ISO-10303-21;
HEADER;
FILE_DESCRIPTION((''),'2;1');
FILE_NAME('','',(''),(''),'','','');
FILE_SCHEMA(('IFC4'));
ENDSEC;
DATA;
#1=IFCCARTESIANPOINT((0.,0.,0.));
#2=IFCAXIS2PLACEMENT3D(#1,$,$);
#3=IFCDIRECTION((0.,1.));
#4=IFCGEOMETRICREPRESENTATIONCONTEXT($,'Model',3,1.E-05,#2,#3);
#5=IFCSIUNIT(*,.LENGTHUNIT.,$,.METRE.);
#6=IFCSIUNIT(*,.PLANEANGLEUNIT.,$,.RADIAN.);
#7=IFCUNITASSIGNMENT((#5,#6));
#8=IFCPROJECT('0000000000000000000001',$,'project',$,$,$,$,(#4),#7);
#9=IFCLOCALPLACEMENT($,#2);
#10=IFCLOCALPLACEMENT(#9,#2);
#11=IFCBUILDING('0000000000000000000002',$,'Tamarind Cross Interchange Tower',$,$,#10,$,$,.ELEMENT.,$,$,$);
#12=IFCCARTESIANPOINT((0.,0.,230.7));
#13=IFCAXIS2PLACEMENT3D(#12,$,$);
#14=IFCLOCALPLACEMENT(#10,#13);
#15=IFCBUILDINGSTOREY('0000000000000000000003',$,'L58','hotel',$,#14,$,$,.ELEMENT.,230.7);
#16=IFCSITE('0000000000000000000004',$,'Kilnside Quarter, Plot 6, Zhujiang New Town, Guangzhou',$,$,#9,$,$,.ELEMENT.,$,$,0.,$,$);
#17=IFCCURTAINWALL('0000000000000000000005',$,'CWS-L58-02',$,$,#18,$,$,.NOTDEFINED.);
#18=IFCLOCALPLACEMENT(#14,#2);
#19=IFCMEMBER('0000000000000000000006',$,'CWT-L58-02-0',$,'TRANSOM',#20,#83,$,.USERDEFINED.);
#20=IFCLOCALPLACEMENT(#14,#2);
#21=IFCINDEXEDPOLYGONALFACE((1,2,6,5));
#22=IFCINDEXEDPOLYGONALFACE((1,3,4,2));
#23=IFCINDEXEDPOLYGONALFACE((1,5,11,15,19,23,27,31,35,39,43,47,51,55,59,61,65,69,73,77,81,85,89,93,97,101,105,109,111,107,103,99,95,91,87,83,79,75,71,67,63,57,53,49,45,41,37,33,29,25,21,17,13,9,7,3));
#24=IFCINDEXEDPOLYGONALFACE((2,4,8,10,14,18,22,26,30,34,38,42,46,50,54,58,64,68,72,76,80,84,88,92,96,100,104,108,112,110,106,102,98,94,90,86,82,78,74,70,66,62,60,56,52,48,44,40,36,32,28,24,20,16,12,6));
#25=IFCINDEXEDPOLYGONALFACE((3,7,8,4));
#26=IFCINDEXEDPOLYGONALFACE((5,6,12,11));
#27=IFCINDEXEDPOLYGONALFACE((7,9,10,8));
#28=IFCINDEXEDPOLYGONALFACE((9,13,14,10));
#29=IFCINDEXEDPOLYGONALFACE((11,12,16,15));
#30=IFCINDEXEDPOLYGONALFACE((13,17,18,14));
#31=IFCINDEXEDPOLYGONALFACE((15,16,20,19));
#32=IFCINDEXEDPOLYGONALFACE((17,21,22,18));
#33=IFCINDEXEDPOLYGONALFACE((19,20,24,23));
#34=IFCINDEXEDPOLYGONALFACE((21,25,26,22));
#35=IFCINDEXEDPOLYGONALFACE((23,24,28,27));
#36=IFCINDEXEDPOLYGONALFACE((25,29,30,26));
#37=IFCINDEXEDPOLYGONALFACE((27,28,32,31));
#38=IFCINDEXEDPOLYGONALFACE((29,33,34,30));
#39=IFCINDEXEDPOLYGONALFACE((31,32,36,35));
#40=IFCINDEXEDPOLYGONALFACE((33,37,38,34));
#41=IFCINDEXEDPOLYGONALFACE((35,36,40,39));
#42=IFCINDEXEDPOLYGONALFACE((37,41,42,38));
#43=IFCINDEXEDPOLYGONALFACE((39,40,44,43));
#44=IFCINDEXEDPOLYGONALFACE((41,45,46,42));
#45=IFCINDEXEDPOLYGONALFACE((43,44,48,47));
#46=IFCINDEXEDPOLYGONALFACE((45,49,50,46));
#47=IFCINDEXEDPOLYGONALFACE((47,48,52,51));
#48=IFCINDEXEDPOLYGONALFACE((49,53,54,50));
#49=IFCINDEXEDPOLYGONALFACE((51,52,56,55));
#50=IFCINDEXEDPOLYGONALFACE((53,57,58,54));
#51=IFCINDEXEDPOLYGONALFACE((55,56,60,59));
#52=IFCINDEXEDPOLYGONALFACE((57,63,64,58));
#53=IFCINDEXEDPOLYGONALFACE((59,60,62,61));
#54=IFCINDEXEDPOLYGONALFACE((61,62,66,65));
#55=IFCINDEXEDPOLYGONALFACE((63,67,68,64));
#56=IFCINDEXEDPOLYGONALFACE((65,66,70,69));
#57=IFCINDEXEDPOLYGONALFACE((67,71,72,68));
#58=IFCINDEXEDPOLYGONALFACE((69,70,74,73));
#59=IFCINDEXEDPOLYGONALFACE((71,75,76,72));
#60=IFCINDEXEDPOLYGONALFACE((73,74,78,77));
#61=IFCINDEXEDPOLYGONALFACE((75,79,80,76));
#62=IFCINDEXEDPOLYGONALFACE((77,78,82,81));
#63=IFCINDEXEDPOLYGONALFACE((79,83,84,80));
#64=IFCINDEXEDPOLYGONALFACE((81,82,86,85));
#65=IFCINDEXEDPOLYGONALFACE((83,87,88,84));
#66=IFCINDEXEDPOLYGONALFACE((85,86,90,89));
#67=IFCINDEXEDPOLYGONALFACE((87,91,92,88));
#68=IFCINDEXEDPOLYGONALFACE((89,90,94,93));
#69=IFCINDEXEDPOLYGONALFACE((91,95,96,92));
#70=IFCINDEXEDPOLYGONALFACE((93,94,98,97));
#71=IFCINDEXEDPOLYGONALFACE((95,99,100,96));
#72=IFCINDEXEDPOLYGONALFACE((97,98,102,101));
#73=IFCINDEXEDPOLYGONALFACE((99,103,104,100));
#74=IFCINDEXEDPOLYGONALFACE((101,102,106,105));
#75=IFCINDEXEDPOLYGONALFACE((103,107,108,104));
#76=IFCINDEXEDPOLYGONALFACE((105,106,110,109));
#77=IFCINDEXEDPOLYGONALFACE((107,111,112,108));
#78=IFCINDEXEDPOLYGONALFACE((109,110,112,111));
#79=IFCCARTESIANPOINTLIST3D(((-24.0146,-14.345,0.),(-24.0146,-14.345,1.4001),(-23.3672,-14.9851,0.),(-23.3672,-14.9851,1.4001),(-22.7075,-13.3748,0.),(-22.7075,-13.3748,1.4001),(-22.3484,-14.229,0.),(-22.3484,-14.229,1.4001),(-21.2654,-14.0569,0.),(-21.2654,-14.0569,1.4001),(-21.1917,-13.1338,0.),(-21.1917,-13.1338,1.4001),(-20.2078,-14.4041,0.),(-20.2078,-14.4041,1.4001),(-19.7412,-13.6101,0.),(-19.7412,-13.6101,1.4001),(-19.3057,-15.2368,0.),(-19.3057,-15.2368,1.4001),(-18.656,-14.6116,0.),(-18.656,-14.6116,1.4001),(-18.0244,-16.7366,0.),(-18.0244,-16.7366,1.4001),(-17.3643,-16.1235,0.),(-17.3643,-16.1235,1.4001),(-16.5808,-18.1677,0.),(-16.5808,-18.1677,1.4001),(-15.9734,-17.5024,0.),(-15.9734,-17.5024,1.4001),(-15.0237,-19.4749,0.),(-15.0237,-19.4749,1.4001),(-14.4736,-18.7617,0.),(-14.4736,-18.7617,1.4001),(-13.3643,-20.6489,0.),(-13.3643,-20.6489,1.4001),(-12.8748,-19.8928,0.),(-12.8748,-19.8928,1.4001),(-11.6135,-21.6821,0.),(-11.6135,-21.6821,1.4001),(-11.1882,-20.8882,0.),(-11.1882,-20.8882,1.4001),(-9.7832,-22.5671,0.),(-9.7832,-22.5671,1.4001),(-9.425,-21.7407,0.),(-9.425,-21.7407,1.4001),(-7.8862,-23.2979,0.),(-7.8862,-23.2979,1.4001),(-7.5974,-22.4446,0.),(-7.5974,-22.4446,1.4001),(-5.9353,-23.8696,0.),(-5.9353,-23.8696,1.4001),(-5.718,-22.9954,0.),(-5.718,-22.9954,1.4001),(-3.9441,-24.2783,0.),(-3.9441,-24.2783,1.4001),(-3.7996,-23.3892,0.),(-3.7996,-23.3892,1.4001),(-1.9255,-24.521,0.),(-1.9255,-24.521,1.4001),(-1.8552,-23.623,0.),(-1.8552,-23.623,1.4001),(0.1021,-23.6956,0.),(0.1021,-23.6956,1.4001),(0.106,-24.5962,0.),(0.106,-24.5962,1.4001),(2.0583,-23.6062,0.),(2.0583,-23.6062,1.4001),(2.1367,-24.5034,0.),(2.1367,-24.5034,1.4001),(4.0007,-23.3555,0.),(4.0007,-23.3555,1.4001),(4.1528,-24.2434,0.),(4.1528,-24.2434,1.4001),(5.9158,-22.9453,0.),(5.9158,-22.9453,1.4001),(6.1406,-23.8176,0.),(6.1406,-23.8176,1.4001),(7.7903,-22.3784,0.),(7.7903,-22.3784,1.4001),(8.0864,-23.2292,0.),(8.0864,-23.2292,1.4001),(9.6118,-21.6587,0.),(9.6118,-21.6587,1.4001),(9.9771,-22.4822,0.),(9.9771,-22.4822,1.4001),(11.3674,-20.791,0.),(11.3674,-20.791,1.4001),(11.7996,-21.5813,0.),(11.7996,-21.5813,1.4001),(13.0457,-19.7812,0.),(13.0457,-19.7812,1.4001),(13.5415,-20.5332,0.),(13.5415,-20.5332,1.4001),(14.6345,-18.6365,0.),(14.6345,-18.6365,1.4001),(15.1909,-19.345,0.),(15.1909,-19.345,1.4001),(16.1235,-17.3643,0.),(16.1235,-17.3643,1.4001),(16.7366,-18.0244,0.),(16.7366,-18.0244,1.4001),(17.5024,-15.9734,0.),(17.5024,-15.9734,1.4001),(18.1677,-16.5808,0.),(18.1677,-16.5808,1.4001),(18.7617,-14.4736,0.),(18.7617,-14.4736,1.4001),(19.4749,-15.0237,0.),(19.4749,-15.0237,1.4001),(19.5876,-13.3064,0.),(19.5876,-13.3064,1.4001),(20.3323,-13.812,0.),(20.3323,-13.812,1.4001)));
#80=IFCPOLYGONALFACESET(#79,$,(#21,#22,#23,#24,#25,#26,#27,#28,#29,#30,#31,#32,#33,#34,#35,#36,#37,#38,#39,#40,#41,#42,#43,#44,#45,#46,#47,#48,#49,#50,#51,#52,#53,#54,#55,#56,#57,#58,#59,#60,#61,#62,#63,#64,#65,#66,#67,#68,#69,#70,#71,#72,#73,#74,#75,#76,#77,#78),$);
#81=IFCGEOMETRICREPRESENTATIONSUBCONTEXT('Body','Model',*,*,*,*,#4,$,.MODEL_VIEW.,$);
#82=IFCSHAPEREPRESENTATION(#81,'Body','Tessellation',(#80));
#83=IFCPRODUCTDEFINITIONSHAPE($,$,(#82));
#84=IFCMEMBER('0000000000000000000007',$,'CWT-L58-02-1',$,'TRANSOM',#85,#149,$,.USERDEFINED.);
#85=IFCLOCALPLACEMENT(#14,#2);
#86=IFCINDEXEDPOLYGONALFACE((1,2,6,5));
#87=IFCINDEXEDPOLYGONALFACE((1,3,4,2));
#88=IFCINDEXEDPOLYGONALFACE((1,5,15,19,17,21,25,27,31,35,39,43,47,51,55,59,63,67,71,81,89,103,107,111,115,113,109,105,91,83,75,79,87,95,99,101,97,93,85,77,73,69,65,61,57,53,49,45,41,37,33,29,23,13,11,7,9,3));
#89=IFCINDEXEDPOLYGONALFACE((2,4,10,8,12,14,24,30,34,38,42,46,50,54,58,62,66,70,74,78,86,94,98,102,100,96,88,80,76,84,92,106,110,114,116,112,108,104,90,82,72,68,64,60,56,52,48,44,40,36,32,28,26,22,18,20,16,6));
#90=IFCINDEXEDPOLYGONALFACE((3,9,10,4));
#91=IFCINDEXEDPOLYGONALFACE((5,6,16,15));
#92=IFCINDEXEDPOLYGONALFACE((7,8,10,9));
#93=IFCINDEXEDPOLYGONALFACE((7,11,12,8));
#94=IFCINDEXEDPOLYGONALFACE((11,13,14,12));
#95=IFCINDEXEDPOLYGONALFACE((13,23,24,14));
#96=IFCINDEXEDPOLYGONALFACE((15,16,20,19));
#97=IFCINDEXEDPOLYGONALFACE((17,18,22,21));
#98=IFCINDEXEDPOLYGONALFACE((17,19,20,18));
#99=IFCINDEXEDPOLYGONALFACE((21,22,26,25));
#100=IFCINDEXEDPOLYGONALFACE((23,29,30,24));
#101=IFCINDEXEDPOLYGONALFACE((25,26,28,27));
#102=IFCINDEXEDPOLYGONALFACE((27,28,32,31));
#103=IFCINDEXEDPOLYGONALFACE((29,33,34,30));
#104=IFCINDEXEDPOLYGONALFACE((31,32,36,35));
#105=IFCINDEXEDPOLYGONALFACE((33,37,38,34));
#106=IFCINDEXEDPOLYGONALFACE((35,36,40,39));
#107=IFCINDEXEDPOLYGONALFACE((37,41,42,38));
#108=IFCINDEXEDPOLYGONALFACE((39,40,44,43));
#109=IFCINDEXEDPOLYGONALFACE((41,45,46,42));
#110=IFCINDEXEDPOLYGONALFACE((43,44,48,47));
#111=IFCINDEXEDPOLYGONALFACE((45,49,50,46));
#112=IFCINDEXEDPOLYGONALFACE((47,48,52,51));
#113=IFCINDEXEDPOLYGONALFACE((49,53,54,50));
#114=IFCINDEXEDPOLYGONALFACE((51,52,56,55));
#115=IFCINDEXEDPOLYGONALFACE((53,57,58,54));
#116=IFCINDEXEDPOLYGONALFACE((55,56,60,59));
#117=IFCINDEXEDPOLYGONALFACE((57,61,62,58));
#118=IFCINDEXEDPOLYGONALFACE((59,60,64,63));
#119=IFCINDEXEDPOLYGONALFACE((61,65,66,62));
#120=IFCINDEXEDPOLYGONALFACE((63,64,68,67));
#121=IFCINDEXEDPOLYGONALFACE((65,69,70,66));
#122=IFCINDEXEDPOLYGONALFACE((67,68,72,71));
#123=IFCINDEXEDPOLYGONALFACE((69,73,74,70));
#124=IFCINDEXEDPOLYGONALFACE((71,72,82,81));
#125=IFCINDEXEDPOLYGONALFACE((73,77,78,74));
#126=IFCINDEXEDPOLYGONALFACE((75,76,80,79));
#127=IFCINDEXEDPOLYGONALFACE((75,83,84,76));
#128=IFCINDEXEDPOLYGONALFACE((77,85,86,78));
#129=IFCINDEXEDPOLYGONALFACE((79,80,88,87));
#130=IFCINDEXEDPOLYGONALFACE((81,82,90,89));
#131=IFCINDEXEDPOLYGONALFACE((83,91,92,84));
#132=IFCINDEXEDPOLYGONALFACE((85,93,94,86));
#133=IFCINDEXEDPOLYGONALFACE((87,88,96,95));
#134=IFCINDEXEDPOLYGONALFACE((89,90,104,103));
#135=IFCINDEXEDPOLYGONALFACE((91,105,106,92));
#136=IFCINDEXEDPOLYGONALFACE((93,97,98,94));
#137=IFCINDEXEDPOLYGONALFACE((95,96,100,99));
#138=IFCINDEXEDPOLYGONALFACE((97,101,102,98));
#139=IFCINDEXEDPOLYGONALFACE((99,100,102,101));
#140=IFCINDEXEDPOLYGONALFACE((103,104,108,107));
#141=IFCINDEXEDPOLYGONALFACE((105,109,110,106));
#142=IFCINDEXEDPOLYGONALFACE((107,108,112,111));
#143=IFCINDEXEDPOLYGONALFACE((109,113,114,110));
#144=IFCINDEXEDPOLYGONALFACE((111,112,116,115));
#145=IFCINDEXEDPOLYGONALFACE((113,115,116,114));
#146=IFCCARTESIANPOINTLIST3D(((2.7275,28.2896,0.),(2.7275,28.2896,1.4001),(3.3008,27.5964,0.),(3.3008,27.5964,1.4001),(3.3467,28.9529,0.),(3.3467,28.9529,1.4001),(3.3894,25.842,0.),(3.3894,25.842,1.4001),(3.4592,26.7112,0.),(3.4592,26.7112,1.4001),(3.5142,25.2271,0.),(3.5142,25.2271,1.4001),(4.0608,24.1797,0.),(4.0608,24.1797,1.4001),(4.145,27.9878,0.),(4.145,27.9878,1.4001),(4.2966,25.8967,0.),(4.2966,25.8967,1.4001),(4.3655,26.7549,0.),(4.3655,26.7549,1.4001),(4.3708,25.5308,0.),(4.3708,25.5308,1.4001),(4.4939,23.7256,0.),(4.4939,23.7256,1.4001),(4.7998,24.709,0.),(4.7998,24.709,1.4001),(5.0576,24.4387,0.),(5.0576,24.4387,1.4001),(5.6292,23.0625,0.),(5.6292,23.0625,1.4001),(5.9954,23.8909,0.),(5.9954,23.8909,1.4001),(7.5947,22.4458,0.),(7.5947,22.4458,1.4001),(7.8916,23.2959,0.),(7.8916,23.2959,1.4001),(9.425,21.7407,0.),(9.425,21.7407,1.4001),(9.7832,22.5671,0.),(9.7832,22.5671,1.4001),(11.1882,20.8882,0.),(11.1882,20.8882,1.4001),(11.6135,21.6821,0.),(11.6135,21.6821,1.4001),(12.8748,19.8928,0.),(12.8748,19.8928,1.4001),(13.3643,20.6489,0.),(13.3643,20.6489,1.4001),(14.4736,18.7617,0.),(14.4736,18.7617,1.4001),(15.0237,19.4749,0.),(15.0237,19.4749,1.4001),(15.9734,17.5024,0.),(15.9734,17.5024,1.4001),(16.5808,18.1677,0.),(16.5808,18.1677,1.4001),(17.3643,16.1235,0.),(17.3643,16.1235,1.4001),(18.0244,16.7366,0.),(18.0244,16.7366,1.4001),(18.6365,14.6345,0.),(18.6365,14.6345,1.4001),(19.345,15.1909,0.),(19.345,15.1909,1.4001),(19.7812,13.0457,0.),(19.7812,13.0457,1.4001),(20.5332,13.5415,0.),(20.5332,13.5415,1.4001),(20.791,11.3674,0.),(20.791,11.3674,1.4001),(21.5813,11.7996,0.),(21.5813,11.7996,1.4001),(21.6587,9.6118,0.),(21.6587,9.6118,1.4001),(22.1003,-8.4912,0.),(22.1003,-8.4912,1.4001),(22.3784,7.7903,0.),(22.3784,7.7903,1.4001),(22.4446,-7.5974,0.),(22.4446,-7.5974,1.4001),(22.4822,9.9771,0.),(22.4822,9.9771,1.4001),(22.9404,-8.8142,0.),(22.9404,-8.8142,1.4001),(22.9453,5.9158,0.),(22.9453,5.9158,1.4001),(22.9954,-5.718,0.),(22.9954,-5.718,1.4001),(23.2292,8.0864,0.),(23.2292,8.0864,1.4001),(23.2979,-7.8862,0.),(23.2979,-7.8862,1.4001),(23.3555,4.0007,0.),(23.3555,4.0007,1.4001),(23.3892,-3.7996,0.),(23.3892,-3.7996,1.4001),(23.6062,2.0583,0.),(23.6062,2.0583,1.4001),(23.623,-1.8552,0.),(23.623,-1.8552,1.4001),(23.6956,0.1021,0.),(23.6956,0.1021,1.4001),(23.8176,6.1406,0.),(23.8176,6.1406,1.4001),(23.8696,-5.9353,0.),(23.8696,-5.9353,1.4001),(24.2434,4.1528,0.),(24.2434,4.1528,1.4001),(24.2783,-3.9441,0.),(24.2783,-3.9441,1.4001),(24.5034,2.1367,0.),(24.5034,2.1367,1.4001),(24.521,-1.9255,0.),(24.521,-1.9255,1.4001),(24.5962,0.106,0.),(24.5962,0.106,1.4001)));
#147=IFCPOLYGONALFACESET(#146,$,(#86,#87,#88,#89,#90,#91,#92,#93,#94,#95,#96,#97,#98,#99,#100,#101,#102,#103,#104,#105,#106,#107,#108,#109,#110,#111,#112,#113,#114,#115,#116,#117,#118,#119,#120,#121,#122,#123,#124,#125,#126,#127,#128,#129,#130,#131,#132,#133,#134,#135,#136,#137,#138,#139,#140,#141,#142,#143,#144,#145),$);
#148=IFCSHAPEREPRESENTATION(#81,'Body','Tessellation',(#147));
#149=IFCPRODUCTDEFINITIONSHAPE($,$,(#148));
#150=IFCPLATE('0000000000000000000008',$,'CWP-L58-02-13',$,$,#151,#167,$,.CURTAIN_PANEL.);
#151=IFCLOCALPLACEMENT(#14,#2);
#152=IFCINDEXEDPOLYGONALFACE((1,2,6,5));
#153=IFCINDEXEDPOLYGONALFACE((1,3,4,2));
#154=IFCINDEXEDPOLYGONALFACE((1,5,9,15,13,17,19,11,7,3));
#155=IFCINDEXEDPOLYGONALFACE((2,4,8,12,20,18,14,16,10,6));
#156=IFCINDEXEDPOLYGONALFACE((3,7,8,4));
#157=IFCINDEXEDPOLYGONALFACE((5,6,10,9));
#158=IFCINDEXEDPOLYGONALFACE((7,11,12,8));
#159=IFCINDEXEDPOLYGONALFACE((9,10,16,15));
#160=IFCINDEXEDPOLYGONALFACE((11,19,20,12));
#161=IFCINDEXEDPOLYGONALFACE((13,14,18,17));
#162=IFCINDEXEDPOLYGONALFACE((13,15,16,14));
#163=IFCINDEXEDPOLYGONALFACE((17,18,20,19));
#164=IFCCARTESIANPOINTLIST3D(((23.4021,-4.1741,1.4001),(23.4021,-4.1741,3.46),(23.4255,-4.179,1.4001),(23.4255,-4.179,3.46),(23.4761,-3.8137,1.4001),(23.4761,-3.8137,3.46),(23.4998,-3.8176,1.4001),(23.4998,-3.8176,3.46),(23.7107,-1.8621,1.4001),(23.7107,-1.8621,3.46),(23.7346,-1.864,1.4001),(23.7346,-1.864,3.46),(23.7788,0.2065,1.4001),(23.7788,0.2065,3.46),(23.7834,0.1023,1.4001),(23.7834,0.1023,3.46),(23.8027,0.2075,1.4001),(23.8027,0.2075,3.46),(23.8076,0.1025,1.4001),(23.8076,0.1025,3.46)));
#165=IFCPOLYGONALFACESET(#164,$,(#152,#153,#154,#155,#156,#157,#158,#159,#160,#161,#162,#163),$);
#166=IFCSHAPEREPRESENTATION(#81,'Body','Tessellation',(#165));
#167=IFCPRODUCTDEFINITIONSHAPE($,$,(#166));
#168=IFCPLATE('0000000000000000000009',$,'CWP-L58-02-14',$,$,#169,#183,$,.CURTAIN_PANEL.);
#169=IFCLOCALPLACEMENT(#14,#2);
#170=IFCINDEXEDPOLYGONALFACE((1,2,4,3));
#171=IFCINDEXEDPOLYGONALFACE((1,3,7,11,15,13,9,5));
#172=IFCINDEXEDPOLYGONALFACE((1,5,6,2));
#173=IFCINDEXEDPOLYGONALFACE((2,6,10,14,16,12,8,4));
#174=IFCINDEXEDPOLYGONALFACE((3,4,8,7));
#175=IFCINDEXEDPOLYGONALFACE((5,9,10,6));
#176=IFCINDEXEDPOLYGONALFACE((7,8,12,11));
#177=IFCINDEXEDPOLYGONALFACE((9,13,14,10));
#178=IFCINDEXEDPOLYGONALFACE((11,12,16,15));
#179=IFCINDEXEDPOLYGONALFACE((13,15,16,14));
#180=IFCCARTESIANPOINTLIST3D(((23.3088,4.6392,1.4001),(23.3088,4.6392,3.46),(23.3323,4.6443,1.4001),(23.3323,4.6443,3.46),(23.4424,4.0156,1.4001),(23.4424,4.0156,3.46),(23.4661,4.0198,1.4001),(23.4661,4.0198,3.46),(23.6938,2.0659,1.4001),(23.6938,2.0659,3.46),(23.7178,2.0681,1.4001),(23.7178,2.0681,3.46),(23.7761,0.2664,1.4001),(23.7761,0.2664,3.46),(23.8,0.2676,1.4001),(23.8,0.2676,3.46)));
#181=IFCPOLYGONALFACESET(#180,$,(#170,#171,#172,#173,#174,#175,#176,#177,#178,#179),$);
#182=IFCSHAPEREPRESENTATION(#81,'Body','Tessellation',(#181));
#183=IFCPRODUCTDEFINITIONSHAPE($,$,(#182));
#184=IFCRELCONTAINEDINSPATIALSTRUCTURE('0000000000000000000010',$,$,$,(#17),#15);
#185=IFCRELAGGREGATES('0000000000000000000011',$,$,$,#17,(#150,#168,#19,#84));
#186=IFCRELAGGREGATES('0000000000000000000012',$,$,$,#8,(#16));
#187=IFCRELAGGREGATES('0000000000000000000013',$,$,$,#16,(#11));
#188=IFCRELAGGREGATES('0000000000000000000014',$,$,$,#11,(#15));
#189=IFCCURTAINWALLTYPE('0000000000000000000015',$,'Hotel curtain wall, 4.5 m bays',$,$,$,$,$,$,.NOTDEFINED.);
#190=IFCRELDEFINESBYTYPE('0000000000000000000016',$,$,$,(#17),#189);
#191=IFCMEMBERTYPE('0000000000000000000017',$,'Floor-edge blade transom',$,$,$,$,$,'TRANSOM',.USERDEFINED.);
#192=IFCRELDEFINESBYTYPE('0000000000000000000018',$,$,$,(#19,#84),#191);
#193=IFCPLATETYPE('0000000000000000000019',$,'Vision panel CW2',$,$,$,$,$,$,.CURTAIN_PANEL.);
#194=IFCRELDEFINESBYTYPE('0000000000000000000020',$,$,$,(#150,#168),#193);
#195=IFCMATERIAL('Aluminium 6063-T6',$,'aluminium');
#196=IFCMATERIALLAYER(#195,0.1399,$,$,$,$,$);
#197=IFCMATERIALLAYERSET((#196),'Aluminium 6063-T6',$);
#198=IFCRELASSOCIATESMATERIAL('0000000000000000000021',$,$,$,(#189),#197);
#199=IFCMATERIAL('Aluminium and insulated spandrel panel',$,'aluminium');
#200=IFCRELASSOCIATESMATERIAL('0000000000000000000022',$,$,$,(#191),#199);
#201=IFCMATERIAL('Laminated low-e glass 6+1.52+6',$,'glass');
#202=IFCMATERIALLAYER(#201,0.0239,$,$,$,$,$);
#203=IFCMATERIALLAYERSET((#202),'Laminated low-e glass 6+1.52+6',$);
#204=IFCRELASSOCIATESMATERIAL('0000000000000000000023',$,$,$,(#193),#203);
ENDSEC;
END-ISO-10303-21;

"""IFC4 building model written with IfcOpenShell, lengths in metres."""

from ifc_helpers import new_model, si_unit, direction, frame, origin, place, context, subcontext, project, spatial, polyline, outline, extrude, material, layer, layer_set, type_object, element, aggregate, save


model = new_model("IFC4")

# Units and contexts
model_context = context("Model", 3, precision=1e-05, world=origin(), true_north=direction((0.0, 1.0)))
body_context = subcontext(model_context, "Body", "Model", "MODEL_VIEW")
ifc_project = project(units=[si_unit("LENGTHUNIT", "METRE"), si_unit("PLANEANGLEUNIT", "RADIAN")], contexts=[model_context])

# Site, building, storey
site_placement = place(None, origin())
site = spatial("IfcSite", under=ifc_project, at=site_placement, Name="Kilnside Quarter, Plot 6, Zhujiang New Town, Guangzhou", CompositionType="ELEMENT", RefElevation=0.0)
building_placement = place(site_placement, origin())
building = spatial("IfcBuilding", under=site, at=building_placement, Name="Tamarind Cross Interchange Tower", CompositionType="ELEMENT")
storey_placement = place(building_placement, frame((0.0, 0.0, 230.7)))
storey = spatial("IfcBuildingStorey", under=building, at=storey_placement, Name="L58", Description="hotel", CompositionType="ELEMENT", Elevation=230.7)

# Curtain wall, members, plates
ifc_material_1 = material(Name="Aluminium 6063-T6", Category="aluminium")
ifc_layer_1 = layer(ifc_material_1, 0.1399)
ifc_layer_set_1 = layer_set([ifc_layer_1], Name="Aluminium 6063-T6")
curtain_wall_type = type_object("IfcCurtainWallType", Name="Hotel curtain wall, 4.5 m bays", PredefinedType="NOTDEFINED", material=ifc_layer_set_1)
curtain_wall_placement = place(storey_placement, origin())
curtain_wall = element("IfcCurtainWall", 1, at=curtain_wall_placement, inside=storey, type_object=curtain_wall_type, Name="CWS-L58-02", PredefinedType="NOTDEFINED")
ifc_material_2 = material(Name="Aluminium and insulated spandrel panel", Category="aluminium")
member_type = type_object("IfcMemberType", Name="Floor-edge blade transom", ElementType="TRANSOM", PredefinedType="USERDEFINED", material=ifc_material_2)
member_1_placement = place(storey_placement, origin())
member_1 = element("IfcMember", 2, at=member_1_placement, type_object=member_type, Name="CWT-L58-02-0", ObjectType="TRANSOM", PredefinedType="USERDEFINED", context=body_context, shape_type="SweptSolid", body=[
    extrude(outline(polyline([(-24.0146, -14.345), (-22.7075, -13.3748), (-21.1917, -13.1338), (-19.7412, -13.6101), (-18.656, -14.6116), (-17.3643, -16.1235), (-15.9734, -17.5024), (-14.4736, -18.7617), (-12.8748, -19.8928), (-11.1882, -20.8882), (-9.425, -21.7407), (-7.5974, -22.4446), (-5.718, -22.9954), (-3.7996, -23.3892), (-1.8552, -23.623), (0.1021, -23.6956), (2.0583, -23.6062), (4.0007, -23.3555), (5.9158, -22.9453), (7.7903, -22.3784), (9.6118, -21.6587), (11.3674, -20.791), (13.0457, -19.7812), (14.6345, -18.6365), (16.1235, -17.3643), (17.5024, -15.9734), (18.7617, -14.4736), (19.5876, -13.3064), (20.3323, -13.812), (19.4749, -15.0237), (18.1677, -16.5808), (16.7366, -18.0244), (15.1909, -19.345), (13.5415, -20.5332), (11.7996, -21.5813), (9.9771, -22.4822), (8.0864, -23.2292), (6.1406, -23.8176), (4.1528, -24.2434), (2.1367, -24.5034), (0.106, -24.5962), (-1.9255, -24.521), (-3.9441, -24.2783), (-5.9353, -23.8696), (-7.8862, -23.2979), (-9.7832, -22.5671), (-11.6135, -21.6821), (-13.3643, -20.6489), (-15.0237, -19.4749), (-16.5808, -18.1677), (-18.0244, -16.7366), (-19.3057, -15.2368), (-20.2078, -14.4041), (-21.2654, -14.0569), (-22.3484, -14.229), (-23.3672, -14.9851), (-24.0146, -14.345)])), origin(), (0.0, 0.0, 1.0), 1.4001),
])
member_2_placement = place(storey_placement, origin())
member_2 = element("IfcMember", 3, at=member_2_placement, type_object=member_type, Name="CWT-L58-02-1", ObjectType="TRANSOM", PredefinedType="USERDEFINED", context=body_context, shape_type="SweptSolid", body=[
    extrude(outline(polyline([(22.1003, -8.4912), (22.4446, -7.5974), (22.9954, -5.718), (23.3892, -3.7996), (23.623, -1.8552), (23.6956, 0.1021), (23.6062, 2.0583), (23.3555, 4.0007), (22.9453, 5.9158), (22.3784, 7.7903), (21.6587, 9.6118), (20.791, 11.3674), (19.7812, 13.0457), (18.6365, 14.6345), (17.3643, 16.1235), (15.9734, 17.5024), (14.4736, 18.7617), (12.8748, 19.8928), (11.1882, 20.8882), (9.425, 21.7407), (7.5947, 22.4458), (5.6292, 23.0625), (4.4939, 23.7256), (4.0608, 24.1797), (3.5142, 25.2271), (3.3894, 25.842), (3.4592, 26.7112), (3.3008, 27.5964), (2.7275, 28.2896), (3.3467, 28.9529), (4.145, 27.9878), (4.3655, 26.7549), (4.2966, 25.8967), (4.3708, 25.5308), (4.7998, 24.709), (5.0576, 24.4387), (5.9954, 23.8909), (7.8916, 23.2959), (9.7832, 22.5671), (11.6135, 21.6821), (13.3643, 20.6489), (15.0237, 19.4749), (16.5808, 18.1677), (18.0244, 16.7366), (19.345, 15.1909), (20.5332, 13.5415), (21.5813, 11.7996), (22.4822, 9.9771), (23.2292, 8.0864), (23.8176, 6.1406), (24.2434, 4.1528), (24.5034, 2.1367), (24.5962, 0.106), (24.521, -1.9255), (24.2783, -3.9441), (23.8696, -5.9353), (23.2979, -7.8862), (22.9404, -8.8142), (22.1003, -8.4912)])), origin(), (0.0, 0.0, 1.0), 1.4001),
])
ifc_material_3 = material(Name="Laminated low-e glass 6+1.52+6", Category="glass")
ifc_layer_2 = layer(ifc_material_3, 0.0239)
ifc_layer_set_2 = layer_set([ifc_layer_2], Name="Laminated low-e glass 6+1.52+6")
plate_type = type_object("IfcPlateType", Name="Vision panel CW2", PredefinedType="CURTAIN_PANEL", material=ifc_layer_set_2)
plate_1_placement = place(storey_placement, frame((0.0, 0.0, 1.4001)))
plate_1 = element("IfcPlate", 4, at=plate_1_placement, type_object=plate_type, Name="CWP-L58-02-13", PredefinedType="CURTAIN_PANEL", context=body_context, shape_type="SweptSolid", body=[
    extrude(outline(polyline([(23.4021, -4.1741), (23.4761, -3.8137), (23.7107, -1.8621), (23.7834, 0.1023), (23.7788, 0.2065), (23.8027, 0.2075), (23.8076, 0.1025), (23.7346, -1.864), (23.4998, -3.8176), (23.4255, -4.179), (23.4021, -4.1741)])), origin(), (0.0, 0.0, 1.0), 2.0598),
])
plate_2_placement = place(storey_placement, frame((0.0, 0.0, 1.4001)))
plate_2 = element("IfcPlate", 5, at=plate_2_placement, type_object=plate_type, Name="CWP-L58-02-14", PredefinedType="CURTAIN_PANEL", context=body_context, shape_type="SweptSolid", body=[
    extrude(outline(polyline([(23.7761, 0.2664), (23.6938, 2.0659), (23.4424, 4.0156), (23.3088, 4.6392), (23.3323, 4.6443), (23.4661, 4.0198), (23.7178, 2.0681), (23.8, 0.2676), (23.7761, 0.2664)])), origin(), (0.0, 0.0, 1.0), 2.0598),
])
aggregate(curtain_wall, [plate_1, plate_2, member_1, member_2])

save(model, "model.ifc")
